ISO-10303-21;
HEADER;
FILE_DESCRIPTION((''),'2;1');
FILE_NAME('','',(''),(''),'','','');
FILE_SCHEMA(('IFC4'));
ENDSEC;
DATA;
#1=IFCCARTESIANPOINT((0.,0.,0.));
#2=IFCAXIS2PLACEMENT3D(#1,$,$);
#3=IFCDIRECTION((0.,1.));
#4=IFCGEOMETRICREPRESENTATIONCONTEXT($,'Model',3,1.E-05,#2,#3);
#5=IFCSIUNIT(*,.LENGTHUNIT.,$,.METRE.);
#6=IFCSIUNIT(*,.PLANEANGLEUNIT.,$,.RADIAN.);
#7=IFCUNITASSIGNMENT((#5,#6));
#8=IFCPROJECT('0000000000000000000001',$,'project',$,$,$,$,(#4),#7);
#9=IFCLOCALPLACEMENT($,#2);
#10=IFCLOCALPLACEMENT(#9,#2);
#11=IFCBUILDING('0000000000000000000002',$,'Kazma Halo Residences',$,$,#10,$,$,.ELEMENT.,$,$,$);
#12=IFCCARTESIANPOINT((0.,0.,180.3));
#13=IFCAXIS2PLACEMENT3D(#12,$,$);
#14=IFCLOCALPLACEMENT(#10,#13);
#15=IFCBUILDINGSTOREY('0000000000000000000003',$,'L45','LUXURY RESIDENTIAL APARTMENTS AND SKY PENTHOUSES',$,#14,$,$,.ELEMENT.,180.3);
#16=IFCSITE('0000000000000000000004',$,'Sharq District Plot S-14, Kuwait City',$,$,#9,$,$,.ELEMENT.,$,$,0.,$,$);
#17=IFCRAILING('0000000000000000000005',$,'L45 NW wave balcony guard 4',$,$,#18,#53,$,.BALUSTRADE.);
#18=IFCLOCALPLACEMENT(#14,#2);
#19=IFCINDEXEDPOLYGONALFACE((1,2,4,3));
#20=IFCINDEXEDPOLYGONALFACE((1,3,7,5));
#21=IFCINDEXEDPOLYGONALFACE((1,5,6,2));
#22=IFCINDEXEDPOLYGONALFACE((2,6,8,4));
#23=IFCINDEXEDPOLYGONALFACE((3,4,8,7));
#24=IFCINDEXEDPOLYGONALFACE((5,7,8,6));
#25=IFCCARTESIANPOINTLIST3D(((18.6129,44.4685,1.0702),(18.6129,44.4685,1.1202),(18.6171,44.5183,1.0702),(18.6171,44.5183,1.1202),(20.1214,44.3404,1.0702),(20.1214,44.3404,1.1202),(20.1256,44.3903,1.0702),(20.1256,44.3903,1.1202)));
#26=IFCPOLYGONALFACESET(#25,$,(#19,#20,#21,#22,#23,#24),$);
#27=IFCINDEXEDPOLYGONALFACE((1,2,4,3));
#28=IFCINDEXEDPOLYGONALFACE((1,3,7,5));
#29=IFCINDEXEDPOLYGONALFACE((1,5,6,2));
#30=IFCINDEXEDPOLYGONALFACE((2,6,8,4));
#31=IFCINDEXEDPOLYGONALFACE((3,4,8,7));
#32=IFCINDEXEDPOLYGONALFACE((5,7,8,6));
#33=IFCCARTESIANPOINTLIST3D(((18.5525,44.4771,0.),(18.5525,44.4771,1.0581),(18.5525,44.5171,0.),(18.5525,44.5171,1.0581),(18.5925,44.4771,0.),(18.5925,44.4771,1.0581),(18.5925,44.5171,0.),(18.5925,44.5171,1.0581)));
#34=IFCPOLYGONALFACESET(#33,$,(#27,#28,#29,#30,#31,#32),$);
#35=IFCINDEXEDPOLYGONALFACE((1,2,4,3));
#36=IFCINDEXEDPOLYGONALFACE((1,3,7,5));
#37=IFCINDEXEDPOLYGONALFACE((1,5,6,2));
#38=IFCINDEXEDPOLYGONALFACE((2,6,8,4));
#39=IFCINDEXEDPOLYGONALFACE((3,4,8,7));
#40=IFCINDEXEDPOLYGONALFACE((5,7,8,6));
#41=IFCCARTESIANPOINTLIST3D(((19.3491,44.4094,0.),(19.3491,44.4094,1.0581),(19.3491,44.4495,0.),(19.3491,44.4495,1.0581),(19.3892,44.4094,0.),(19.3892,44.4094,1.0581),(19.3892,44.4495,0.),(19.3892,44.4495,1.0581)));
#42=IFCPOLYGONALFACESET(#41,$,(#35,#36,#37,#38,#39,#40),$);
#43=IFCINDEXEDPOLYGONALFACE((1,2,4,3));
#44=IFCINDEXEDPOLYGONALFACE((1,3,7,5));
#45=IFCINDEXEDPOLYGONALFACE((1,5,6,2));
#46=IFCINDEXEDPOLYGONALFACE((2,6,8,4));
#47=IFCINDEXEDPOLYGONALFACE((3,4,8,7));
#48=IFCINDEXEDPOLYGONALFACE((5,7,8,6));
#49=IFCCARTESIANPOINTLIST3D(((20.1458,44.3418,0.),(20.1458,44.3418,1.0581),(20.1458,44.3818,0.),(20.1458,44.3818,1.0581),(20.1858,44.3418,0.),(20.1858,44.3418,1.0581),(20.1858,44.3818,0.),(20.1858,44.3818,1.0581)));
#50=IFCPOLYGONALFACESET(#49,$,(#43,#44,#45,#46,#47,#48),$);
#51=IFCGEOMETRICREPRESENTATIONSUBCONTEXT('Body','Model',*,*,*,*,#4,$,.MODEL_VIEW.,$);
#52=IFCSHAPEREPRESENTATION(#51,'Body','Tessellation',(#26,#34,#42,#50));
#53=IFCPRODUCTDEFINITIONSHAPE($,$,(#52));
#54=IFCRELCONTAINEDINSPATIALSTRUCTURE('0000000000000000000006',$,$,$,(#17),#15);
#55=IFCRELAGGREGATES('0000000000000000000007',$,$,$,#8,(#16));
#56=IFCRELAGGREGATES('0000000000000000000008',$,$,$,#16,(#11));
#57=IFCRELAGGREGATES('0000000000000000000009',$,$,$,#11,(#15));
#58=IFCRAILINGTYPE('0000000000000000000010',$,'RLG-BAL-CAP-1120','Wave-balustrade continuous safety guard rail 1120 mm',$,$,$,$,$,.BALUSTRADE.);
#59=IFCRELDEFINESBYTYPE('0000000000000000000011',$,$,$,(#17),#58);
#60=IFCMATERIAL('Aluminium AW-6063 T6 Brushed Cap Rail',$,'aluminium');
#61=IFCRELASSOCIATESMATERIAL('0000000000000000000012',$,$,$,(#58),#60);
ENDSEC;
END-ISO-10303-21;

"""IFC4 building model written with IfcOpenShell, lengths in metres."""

from ifc_helpers import new_model, si_unit, direction, frame, origin, origin_2d, place, context, subcontext, project, spatial, rectangle, extrude, material, type_object, element, save


model = new_model("IFC4")

# Units and contexts
model_context = context("Model", 3, precision=1e-05, world=origin(), true_north=direction((0.0, 1.0)))
body_context = subcontext(model_context, "Body", "Model", "MODEL_VIEW")
ifc_project = project(units=[si_unit("LENGTHUNIT", "METRE"), si_unit("PLANEANGLEUNIT", "RADIAN")], contexts=[model_context])

# Site, building, storey
site_placement = place(None, origin())
site = spatial("IfcSite", under=ifc_project, at=site_placement, Name="Sharq District Plot S-14, Kuwait City", CompositionType="ELEMENT", RefElevation=0.0)
building_placement = place(site_placement, origin())
building = spatial("IfcBuilding", under=site, at=building_placement, Name="Kazma Halo Residences", CompositionType="ELEMENT")
storey_placement = place(building_placement, frame((0.0, 0.0, 180.3)))
storey = spatial("IfcBuildingStorey", under=building, at=storey_placement, Name="L45", Description="LUXURY RESIDENTIAL APARTMENTS AND SKY PENTHOUSES", CompositionType="ELEMENT", Elevation=180.3)

# Railing
ifc_material_1 = material(Name="Aluminium AW-6063 T6 Brushed Cap Rail", Category="aluminium")
railing_type = type_object("IfcRailingType", Name="RLG-BAL-CAP-1120", Description="Wave-balustrade continuous safety guard rail 1120 mm", PredefinedType="BALUSTRADE", material=ifc_material_1)
railing_placement = place(storey_placement, frame((18.5725, 44.4971, 0.0)))
element("IfcRailing", 1, at=railing_placement, inside=storey, type_object=railing_type, Name="L45 NW wave balcony guard 4", PredefinedType="BALUSTRADE", context=body_context, shape_type="SweptSolid", body=[
    extrude(rectangle(XDim=0.05, YDim=0.05, at=origin_2d()), frame((0.0425, -0.0037, 1.0952), z_axis=(0.996416, -0.084587, 0.0), x_axis=(0.084587, 0.996416, 0.0)), (0.0, 0.0, 1.0), 1.5139),
    extrude(rectangle(XDim=0.04, YDim=0.04, at=origin_2d()), origin(), (0.0, 0.0, 1.0), 1.0581),
    extrude(rectangle(XDim=0.04, YDim=0.04, at=origin_2d()), frame((0.7966, -0.0676, 0.0)), (0.0, 0.0, 1.0), 1.0581),
    extrude(rectangle(XDim=0.04, YDim=0.04, at=origin_2d()), frame((1.5933, -0.1353, 0.0)), (0.0, 0.0, 1.0), 1.0581),
])

save(model, "model.ifc")
